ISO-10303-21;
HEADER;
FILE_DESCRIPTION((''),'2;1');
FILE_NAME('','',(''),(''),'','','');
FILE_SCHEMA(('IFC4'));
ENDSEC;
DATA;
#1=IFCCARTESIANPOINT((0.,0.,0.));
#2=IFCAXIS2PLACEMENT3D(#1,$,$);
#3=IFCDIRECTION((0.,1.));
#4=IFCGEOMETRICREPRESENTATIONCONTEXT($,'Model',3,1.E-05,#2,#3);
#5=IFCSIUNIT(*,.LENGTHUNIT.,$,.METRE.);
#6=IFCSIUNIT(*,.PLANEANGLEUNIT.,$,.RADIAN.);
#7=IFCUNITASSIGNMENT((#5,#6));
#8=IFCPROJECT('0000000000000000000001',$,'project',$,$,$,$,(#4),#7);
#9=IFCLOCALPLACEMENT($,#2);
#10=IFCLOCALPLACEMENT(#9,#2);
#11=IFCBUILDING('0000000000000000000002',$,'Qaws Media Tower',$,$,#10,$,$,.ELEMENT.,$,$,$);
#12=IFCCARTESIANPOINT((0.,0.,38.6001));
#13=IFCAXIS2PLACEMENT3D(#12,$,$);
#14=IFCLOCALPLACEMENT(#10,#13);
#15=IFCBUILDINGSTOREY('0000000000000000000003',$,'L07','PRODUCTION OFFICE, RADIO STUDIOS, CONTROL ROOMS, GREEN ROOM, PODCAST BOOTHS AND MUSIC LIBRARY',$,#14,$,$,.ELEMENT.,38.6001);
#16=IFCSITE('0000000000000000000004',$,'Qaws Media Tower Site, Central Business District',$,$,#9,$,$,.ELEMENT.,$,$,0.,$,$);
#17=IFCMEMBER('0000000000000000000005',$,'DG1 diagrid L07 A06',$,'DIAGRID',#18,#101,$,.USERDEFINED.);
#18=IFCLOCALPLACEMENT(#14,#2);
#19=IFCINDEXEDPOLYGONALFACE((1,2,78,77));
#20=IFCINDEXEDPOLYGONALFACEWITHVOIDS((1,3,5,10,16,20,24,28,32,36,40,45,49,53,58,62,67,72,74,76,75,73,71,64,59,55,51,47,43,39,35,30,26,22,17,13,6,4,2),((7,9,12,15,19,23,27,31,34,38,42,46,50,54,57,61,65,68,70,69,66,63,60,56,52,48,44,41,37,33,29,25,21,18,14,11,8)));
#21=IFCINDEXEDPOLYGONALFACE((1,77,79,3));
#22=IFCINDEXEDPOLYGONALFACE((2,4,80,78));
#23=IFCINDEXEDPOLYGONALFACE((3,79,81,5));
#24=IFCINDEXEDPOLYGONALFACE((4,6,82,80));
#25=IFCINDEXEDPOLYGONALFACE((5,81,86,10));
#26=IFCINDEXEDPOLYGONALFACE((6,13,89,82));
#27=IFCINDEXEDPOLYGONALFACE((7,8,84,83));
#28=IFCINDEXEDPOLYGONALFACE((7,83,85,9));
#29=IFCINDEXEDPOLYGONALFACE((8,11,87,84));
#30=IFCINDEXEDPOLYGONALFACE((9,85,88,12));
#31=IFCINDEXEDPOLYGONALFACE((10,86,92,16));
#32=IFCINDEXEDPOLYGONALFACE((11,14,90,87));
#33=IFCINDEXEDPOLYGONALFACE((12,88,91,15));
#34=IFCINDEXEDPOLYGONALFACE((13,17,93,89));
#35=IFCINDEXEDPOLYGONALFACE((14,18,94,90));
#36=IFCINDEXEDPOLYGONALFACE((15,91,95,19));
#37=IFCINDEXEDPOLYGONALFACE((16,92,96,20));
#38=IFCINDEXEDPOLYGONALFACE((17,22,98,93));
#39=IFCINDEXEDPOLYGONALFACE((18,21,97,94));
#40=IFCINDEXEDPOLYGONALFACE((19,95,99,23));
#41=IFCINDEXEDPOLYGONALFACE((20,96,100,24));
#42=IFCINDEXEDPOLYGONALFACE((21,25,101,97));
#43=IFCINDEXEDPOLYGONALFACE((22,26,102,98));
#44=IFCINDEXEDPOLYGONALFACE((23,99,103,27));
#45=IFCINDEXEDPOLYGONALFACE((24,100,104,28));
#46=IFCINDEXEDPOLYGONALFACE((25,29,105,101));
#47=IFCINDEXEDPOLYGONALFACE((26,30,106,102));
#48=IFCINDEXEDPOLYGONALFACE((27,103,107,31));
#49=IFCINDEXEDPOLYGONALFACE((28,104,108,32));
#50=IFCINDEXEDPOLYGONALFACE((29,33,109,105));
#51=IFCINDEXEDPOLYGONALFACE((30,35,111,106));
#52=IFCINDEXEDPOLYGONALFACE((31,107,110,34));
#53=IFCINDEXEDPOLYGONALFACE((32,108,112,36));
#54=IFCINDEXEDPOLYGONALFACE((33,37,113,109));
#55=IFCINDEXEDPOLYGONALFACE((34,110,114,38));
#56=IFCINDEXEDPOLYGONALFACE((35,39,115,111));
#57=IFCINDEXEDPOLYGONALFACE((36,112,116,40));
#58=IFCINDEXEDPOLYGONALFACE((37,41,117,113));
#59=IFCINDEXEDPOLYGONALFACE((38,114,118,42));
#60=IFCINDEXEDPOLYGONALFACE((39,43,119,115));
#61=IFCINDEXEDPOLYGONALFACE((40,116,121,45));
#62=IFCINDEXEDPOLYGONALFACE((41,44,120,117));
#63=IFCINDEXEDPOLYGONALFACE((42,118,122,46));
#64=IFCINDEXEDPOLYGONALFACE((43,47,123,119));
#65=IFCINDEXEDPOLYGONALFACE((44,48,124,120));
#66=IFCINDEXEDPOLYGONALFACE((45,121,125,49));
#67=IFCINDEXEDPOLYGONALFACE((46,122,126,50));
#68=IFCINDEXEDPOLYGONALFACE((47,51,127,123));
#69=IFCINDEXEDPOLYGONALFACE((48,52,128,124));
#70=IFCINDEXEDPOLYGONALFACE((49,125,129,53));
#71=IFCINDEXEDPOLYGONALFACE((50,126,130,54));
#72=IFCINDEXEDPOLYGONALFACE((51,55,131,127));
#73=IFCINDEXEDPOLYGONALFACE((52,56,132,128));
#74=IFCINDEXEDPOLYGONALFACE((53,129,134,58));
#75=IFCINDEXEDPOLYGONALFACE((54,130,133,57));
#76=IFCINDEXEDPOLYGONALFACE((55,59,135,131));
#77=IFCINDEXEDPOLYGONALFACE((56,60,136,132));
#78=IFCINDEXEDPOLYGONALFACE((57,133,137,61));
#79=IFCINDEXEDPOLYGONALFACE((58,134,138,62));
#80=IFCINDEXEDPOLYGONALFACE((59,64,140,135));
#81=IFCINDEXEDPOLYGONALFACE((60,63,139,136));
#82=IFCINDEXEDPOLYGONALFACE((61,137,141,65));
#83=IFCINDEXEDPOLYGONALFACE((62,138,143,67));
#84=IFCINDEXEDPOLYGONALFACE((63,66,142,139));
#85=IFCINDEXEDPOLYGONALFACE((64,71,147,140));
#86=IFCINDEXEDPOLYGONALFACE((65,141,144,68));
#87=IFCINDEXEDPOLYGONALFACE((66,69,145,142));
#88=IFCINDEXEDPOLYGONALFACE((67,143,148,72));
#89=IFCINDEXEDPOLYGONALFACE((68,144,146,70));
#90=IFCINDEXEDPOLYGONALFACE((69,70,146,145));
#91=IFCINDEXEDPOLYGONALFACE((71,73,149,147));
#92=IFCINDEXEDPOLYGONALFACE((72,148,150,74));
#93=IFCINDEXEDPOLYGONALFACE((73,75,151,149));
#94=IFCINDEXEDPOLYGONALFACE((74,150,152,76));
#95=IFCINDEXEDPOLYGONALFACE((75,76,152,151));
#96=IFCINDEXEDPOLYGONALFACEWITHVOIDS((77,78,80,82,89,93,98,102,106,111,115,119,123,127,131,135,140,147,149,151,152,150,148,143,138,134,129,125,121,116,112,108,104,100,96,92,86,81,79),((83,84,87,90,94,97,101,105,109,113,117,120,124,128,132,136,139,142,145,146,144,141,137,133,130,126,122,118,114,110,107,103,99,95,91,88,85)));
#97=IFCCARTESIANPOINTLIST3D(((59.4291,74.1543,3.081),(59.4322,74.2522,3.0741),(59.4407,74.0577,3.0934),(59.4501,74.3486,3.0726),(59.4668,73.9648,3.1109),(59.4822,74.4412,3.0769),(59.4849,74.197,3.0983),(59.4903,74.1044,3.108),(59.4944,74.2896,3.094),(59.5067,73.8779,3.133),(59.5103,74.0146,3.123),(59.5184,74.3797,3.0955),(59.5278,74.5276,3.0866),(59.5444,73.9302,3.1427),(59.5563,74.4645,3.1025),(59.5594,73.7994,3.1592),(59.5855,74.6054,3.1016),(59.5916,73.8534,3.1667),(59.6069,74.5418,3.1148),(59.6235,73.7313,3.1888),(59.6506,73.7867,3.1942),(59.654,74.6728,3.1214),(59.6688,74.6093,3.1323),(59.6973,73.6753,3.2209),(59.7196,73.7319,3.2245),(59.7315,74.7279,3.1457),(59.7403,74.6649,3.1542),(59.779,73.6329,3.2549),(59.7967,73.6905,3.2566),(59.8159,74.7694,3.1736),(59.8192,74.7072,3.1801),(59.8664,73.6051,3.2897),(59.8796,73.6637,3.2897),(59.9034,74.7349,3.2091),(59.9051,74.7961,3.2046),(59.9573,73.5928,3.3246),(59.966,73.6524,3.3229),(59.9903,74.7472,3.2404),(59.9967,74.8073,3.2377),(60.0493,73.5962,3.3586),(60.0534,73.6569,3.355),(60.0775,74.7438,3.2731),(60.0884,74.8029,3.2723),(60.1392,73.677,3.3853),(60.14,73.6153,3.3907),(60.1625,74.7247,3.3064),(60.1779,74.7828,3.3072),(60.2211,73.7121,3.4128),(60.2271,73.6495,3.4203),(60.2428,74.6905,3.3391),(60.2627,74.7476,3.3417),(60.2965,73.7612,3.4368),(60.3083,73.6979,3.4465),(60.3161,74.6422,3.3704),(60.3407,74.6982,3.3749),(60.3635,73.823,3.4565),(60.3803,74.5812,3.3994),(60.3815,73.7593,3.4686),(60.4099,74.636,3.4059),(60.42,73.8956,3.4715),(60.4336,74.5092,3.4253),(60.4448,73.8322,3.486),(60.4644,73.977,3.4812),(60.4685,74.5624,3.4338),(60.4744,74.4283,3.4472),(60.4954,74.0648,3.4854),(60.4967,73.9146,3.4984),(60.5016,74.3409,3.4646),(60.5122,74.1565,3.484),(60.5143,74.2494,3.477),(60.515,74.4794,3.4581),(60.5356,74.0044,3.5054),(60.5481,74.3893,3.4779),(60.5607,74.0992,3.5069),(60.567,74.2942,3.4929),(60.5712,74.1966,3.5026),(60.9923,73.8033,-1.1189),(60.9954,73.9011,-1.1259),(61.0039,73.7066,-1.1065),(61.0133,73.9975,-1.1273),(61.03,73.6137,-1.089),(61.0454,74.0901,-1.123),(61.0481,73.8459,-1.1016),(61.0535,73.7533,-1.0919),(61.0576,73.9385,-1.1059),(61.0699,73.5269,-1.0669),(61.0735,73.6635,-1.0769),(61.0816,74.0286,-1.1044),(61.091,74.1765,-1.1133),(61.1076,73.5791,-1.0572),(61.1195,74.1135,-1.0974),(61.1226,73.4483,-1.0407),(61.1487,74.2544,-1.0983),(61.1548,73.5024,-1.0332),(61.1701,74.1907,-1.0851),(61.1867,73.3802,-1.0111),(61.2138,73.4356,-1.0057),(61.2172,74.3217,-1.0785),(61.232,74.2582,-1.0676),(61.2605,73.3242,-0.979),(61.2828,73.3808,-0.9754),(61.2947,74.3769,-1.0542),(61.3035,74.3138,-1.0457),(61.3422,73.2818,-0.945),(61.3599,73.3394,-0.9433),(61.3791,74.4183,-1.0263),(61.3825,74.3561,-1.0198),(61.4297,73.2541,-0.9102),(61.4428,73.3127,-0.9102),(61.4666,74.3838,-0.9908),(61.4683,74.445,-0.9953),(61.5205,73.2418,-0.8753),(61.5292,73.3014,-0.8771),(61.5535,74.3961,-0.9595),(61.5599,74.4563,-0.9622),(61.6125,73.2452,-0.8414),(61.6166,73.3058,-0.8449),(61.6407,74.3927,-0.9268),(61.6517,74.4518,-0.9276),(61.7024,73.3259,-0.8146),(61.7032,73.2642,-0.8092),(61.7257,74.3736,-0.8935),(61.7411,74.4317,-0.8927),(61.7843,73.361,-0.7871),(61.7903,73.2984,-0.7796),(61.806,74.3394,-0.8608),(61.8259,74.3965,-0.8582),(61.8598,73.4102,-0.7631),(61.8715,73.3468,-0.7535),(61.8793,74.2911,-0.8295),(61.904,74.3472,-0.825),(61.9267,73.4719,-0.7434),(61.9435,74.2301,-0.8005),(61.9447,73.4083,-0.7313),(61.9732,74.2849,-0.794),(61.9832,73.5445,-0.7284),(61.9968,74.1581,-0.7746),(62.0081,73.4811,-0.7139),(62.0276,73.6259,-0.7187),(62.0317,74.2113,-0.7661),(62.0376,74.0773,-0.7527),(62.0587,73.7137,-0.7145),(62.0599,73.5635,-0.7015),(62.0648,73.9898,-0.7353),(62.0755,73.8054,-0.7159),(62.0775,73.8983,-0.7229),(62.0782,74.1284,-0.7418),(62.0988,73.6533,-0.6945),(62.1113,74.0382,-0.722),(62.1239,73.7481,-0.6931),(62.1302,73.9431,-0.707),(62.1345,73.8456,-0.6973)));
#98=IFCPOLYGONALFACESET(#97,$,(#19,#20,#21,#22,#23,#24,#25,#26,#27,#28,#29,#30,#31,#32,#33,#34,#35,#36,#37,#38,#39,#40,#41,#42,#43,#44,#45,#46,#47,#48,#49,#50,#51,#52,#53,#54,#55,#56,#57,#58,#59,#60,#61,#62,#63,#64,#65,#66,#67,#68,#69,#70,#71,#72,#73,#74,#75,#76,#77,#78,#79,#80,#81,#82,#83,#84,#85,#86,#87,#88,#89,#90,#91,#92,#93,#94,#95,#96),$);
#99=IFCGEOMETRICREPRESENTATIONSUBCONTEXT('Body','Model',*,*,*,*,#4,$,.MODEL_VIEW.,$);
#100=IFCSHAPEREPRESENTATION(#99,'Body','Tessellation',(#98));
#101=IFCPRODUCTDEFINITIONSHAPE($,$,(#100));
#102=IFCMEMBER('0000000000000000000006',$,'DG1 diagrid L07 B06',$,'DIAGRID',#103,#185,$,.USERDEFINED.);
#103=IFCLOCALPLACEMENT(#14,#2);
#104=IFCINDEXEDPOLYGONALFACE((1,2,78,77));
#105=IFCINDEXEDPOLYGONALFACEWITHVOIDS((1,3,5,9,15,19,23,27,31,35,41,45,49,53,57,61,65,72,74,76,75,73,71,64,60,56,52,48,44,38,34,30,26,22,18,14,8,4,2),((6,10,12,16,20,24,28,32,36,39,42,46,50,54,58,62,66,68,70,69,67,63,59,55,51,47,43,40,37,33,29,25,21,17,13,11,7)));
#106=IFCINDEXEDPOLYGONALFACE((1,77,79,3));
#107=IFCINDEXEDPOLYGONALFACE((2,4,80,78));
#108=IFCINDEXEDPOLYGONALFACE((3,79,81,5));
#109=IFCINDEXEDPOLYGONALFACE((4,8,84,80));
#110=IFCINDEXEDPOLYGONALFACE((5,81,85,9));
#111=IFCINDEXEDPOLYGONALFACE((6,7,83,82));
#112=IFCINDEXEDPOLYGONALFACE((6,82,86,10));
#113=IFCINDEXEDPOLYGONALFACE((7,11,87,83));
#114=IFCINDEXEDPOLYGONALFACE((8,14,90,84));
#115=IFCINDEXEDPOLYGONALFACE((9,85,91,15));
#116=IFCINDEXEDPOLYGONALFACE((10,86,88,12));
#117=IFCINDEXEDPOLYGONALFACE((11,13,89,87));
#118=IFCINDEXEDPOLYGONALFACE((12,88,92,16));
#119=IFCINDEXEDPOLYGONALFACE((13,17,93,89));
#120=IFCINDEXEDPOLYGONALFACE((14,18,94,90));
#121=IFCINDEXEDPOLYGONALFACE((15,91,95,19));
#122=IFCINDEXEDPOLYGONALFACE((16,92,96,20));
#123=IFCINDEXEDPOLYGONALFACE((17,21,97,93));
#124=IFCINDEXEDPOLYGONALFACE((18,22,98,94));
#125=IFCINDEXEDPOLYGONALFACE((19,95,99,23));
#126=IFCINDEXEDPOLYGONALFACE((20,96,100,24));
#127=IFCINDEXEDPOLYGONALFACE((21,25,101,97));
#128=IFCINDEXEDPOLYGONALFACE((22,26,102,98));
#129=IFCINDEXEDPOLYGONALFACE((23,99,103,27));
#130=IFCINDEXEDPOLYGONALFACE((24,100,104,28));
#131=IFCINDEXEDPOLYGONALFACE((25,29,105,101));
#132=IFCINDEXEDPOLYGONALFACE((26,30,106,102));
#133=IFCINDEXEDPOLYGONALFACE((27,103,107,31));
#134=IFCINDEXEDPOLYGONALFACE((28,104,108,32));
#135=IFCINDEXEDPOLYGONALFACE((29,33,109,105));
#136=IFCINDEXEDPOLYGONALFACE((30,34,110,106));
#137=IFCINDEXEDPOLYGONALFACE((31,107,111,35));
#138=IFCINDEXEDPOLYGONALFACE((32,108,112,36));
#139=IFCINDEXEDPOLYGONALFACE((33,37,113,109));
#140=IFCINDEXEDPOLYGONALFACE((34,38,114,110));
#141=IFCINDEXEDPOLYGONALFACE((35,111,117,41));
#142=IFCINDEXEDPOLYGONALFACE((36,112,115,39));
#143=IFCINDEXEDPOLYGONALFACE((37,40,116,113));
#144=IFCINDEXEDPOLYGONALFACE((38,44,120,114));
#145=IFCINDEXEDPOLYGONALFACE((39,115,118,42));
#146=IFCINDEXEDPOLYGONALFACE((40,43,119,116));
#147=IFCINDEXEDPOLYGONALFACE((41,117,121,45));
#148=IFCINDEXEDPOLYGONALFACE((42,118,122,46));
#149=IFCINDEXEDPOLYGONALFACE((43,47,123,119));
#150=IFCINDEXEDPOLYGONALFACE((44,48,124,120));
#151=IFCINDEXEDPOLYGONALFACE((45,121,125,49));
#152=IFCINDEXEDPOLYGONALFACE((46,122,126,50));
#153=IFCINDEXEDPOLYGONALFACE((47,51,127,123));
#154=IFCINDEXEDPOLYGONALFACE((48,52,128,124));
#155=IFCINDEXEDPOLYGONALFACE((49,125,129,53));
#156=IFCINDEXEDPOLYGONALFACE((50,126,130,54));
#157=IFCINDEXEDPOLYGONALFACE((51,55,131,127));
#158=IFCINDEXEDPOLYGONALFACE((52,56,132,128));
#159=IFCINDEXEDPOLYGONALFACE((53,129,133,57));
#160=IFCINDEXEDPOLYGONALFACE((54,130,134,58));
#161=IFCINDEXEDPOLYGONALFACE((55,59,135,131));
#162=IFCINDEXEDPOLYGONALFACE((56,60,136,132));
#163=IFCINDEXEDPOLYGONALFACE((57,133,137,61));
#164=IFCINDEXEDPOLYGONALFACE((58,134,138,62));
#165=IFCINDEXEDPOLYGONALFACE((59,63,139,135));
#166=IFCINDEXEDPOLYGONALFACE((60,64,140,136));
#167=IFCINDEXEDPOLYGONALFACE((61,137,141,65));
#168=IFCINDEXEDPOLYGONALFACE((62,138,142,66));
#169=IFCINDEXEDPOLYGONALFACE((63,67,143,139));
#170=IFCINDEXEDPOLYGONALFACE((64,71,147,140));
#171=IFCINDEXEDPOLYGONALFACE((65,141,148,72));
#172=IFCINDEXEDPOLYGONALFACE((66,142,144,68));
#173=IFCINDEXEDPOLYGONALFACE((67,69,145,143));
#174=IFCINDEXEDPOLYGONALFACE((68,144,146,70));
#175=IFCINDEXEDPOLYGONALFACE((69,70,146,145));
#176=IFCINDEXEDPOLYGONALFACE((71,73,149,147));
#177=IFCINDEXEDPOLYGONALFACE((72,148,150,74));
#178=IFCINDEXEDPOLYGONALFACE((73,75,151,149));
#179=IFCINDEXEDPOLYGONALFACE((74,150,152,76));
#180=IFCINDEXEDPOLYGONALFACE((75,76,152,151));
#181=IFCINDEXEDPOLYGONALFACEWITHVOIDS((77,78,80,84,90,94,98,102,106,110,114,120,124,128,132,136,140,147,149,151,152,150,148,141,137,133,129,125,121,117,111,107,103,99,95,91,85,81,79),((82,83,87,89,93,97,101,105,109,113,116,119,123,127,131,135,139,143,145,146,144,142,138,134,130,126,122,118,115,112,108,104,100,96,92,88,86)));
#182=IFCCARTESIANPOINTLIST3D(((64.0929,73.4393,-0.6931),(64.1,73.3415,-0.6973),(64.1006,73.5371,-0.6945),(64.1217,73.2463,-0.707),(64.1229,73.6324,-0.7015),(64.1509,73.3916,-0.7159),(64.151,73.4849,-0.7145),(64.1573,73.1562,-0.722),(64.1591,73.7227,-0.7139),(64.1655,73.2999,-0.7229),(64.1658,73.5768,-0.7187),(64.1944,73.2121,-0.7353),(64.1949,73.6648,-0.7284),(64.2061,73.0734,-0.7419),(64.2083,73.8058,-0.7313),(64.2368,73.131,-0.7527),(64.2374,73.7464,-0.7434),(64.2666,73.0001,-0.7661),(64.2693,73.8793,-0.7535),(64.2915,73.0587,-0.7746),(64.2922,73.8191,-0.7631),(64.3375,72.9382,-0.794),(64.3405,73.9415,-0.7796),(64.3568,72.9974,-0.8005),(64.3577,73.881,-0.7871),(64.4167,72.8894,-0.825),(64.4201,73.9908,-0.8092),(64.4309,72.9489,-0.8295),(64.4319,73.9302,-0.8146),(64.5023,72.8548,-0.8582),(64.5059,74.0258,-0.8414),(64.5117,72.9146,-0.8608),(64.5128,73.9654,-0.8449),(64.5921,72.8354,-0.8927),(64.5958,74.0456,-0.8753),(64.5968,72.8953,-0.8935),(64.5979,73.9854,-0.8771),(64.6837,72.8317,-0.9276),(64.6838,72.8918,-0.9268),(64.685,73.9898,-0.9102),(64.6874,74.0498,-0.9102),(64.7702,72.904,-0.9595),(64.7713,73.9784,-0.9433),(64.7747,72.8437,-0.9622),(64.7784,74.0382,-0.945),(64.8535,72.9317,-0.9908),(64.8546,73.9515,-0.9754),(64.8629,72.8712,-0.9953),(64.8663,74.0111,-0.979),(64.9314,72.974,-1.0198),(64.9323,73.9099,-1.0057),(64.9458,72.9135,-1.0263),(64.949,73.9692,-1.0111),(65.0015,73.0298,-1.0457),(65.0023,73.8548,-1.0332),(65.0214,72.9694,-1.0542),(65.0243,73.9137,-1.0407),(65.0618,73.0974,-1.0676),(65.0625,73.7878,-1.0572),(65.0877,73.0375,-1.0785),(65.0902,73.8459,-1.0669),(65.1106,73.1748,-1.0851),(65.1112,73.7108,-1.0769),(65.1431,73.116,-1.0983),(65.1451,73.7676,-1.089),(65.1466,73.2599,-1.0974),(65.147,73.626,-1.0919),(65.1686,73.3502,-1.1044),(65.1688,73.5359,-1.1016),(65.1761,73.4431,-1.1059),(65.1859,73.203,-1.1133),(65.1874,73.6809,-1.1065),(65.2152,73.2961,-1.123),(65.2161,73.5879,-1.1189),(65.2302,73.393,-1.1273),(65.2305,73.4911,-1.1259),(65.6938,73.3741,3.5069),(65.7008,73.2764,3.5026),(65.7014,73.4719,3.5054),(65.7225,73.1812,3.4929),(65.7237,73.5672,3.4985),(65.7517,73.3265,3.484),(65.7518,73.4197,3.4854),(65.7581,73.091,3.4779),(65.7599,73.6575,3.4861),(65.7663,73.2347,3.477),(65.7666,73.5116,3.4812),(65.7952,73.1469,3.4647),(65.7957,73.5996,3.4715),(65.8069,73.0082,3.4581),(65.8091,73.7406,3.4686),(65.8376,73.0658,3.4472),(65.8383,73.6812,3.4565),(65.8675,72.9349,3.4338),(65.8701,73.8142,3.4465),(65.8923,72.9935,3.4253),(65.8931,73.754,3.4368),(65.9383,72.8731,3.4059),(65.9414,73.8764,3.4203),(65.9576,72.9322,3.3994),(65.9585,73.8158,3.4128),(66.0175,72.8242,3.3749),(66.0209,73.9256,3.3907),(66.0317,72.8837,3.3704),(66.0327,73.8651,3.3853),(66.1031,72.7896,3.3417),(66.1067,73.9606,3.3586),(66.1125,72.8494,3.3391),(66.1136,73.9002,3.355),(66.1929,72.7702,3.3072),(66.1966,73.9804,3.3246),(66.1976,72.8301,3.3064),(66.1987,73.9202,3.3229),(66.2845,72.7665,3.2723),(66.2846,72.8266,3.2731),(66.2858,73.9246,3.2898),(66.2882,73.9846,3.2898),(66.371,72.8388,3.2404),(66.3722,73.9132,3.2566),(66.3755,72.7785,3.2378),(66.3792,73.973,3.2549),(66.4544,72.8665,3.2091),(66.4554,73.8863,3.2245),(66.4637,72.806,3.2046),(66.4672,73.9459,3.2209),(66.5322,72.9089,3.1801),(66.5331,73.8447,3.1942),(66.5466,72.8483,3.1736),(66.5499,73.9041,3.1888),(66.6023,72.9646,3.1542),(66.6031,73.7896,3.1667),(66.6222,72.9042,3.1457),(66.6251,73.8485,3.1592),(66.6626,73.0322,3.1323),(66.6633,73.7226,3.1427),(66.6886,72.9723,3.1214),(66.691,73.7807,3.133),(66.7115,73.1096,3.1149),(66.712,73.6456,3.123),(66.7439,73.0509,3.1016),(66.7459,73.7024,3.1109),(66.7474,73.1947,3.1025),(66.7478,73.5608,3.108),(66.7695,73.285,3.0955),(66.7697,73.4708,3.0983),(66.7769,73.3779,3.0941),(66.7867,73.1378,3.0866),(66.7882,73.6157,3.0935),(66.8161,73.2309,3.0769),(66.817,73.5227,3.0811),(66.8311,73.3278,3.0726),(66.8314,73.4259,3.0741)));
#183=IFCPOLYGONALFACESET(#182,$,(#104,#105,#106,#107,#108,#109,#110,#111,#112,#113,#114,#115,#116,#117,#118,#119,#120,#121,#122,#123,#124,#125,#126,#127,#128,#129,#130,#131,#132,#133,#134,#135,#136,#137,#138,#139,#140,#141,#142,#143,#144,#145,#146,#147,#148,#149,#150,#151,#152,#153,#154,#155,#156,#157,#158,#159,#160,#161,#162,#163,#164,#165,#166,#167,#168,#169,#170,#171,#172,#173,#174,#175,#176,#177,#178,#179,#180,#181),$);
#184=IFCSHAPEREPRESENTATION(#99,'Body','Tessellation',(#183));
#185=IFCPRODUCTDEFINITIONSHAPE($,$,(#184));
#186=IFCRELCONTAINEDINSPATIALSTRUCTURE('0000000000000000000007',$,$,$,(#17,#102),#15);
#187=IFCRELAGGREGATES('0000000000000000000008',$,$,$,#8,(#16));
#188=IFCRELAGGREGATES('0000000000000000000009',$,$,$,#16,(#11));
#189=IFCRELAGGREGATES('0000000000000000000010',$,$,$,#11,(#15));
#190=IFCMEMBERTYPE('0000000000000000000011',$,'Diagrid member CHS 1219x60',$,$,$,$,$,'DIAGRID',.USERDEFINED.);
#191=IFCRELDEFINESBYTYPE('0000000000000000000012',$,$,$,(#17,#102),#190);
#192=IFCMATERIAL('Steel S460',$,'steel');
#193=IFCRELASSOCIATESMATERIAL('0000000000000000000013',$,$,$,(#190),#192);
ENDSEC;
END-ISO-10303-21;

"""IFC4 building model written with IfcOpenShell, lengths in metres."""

from ifc_helpers import new_model, si_unit, direction, frame, origin, origin_2d, place, context, subcontext, project, spatial, hollow_circle, extrude, material, material_profile, profile_set, type_object, element, save


model = new_model("IFC4")

# Units and contexts
model_context = context("Model", 3, precision=1e-05, world=origin(), true_north=direction((0.0, 1.0)))
body_context = subcontext(model_context, "Body", "Model", "MODEL_VIEW")
ifc_project = project(units=[si_unit("LENGTHUNIT", "METRE"), si_unit("PLANEANGLEUNIT", "RADIAN")], contexts=[model_context])

# Site, building, storey
site_placement = place(None, origin())
site = spatial("IfcSite", under=ifc_project, at=site_placement, Name="Qaws Media Tower Site, Central Business District", CompositionType="ELEMENT", RefElevation=0.0)
building_placement = place(site_placement, origin())
building = spatial("IfcBuilding", under=site, at=building_placement, Name="Qaws Media Tower", CompositionType="ELEMENT")
storey_placement = place(building_placement, frame((0.0, 0.0, 38.6001)))
storey = spatial("IfcBuildingStorey", under=building, at=storey_placement, Name="L07", Description="PRODUCTION OFFICE, RADIO STUDIOS, CONTROL ROOMS, GREEN ROOM, PODCAST BOOTHS AND MUSIC LIBRARY", CompositionType="ELEMENT", Elevation=38.6001)

# Members
ifc_material_1 = material(Name="Steel S460", Category="steel")
ifc_material_profile_1 = material_profile(ifc_material_1, hollow_circle(Radius=0.6096, WallThickness=0.0601, at=origin_2d()), Name="CHS 1219x60")
ifc_profile_set_1 = profile_set([ifc_material_profile_1], Name="Steel S460")
member_type_1 = type_object("IfcMemberType", Name="Diagrid member CHS 1219x60", ElementType="DIAGRID", PredefinedType="USERDEFINED", material=ifc_profile_set_1)
for number, where, z_axis, x_axis, name in (
    (1, (61.5632, 73.8489, -0.9102), (-0.347758, 0.0781, 0.934326), (-0.219124, -0.975697, 0.0), "DG1 diagrid L07 A06"),
    (2, (64.6626, 73.4407, -0.9102), (0.356123, -0.014501, 0.934327), (0.040686, 0.999172, 0.0), "DG1 diagrid L07 B06"),
):
    element("IfcMember", number, at=place(storey_placement, frame(where, z_axis=z_axis, x_axis=x_axis)), inside=storey, type_object=member_type_1, Name=name, ObjectType="DIAGRID", PredefinedType="USERDEFINED", context=body_context, shape_type="SweptSolid", body=[
        extrude(hollow_circle(Radius=0.6096, WallThickness=0.0601, at=origin_2d()), origin(), (0.0, 0.0, 1.0), 4.4951),
    ])

save(model, "model.ifc")
